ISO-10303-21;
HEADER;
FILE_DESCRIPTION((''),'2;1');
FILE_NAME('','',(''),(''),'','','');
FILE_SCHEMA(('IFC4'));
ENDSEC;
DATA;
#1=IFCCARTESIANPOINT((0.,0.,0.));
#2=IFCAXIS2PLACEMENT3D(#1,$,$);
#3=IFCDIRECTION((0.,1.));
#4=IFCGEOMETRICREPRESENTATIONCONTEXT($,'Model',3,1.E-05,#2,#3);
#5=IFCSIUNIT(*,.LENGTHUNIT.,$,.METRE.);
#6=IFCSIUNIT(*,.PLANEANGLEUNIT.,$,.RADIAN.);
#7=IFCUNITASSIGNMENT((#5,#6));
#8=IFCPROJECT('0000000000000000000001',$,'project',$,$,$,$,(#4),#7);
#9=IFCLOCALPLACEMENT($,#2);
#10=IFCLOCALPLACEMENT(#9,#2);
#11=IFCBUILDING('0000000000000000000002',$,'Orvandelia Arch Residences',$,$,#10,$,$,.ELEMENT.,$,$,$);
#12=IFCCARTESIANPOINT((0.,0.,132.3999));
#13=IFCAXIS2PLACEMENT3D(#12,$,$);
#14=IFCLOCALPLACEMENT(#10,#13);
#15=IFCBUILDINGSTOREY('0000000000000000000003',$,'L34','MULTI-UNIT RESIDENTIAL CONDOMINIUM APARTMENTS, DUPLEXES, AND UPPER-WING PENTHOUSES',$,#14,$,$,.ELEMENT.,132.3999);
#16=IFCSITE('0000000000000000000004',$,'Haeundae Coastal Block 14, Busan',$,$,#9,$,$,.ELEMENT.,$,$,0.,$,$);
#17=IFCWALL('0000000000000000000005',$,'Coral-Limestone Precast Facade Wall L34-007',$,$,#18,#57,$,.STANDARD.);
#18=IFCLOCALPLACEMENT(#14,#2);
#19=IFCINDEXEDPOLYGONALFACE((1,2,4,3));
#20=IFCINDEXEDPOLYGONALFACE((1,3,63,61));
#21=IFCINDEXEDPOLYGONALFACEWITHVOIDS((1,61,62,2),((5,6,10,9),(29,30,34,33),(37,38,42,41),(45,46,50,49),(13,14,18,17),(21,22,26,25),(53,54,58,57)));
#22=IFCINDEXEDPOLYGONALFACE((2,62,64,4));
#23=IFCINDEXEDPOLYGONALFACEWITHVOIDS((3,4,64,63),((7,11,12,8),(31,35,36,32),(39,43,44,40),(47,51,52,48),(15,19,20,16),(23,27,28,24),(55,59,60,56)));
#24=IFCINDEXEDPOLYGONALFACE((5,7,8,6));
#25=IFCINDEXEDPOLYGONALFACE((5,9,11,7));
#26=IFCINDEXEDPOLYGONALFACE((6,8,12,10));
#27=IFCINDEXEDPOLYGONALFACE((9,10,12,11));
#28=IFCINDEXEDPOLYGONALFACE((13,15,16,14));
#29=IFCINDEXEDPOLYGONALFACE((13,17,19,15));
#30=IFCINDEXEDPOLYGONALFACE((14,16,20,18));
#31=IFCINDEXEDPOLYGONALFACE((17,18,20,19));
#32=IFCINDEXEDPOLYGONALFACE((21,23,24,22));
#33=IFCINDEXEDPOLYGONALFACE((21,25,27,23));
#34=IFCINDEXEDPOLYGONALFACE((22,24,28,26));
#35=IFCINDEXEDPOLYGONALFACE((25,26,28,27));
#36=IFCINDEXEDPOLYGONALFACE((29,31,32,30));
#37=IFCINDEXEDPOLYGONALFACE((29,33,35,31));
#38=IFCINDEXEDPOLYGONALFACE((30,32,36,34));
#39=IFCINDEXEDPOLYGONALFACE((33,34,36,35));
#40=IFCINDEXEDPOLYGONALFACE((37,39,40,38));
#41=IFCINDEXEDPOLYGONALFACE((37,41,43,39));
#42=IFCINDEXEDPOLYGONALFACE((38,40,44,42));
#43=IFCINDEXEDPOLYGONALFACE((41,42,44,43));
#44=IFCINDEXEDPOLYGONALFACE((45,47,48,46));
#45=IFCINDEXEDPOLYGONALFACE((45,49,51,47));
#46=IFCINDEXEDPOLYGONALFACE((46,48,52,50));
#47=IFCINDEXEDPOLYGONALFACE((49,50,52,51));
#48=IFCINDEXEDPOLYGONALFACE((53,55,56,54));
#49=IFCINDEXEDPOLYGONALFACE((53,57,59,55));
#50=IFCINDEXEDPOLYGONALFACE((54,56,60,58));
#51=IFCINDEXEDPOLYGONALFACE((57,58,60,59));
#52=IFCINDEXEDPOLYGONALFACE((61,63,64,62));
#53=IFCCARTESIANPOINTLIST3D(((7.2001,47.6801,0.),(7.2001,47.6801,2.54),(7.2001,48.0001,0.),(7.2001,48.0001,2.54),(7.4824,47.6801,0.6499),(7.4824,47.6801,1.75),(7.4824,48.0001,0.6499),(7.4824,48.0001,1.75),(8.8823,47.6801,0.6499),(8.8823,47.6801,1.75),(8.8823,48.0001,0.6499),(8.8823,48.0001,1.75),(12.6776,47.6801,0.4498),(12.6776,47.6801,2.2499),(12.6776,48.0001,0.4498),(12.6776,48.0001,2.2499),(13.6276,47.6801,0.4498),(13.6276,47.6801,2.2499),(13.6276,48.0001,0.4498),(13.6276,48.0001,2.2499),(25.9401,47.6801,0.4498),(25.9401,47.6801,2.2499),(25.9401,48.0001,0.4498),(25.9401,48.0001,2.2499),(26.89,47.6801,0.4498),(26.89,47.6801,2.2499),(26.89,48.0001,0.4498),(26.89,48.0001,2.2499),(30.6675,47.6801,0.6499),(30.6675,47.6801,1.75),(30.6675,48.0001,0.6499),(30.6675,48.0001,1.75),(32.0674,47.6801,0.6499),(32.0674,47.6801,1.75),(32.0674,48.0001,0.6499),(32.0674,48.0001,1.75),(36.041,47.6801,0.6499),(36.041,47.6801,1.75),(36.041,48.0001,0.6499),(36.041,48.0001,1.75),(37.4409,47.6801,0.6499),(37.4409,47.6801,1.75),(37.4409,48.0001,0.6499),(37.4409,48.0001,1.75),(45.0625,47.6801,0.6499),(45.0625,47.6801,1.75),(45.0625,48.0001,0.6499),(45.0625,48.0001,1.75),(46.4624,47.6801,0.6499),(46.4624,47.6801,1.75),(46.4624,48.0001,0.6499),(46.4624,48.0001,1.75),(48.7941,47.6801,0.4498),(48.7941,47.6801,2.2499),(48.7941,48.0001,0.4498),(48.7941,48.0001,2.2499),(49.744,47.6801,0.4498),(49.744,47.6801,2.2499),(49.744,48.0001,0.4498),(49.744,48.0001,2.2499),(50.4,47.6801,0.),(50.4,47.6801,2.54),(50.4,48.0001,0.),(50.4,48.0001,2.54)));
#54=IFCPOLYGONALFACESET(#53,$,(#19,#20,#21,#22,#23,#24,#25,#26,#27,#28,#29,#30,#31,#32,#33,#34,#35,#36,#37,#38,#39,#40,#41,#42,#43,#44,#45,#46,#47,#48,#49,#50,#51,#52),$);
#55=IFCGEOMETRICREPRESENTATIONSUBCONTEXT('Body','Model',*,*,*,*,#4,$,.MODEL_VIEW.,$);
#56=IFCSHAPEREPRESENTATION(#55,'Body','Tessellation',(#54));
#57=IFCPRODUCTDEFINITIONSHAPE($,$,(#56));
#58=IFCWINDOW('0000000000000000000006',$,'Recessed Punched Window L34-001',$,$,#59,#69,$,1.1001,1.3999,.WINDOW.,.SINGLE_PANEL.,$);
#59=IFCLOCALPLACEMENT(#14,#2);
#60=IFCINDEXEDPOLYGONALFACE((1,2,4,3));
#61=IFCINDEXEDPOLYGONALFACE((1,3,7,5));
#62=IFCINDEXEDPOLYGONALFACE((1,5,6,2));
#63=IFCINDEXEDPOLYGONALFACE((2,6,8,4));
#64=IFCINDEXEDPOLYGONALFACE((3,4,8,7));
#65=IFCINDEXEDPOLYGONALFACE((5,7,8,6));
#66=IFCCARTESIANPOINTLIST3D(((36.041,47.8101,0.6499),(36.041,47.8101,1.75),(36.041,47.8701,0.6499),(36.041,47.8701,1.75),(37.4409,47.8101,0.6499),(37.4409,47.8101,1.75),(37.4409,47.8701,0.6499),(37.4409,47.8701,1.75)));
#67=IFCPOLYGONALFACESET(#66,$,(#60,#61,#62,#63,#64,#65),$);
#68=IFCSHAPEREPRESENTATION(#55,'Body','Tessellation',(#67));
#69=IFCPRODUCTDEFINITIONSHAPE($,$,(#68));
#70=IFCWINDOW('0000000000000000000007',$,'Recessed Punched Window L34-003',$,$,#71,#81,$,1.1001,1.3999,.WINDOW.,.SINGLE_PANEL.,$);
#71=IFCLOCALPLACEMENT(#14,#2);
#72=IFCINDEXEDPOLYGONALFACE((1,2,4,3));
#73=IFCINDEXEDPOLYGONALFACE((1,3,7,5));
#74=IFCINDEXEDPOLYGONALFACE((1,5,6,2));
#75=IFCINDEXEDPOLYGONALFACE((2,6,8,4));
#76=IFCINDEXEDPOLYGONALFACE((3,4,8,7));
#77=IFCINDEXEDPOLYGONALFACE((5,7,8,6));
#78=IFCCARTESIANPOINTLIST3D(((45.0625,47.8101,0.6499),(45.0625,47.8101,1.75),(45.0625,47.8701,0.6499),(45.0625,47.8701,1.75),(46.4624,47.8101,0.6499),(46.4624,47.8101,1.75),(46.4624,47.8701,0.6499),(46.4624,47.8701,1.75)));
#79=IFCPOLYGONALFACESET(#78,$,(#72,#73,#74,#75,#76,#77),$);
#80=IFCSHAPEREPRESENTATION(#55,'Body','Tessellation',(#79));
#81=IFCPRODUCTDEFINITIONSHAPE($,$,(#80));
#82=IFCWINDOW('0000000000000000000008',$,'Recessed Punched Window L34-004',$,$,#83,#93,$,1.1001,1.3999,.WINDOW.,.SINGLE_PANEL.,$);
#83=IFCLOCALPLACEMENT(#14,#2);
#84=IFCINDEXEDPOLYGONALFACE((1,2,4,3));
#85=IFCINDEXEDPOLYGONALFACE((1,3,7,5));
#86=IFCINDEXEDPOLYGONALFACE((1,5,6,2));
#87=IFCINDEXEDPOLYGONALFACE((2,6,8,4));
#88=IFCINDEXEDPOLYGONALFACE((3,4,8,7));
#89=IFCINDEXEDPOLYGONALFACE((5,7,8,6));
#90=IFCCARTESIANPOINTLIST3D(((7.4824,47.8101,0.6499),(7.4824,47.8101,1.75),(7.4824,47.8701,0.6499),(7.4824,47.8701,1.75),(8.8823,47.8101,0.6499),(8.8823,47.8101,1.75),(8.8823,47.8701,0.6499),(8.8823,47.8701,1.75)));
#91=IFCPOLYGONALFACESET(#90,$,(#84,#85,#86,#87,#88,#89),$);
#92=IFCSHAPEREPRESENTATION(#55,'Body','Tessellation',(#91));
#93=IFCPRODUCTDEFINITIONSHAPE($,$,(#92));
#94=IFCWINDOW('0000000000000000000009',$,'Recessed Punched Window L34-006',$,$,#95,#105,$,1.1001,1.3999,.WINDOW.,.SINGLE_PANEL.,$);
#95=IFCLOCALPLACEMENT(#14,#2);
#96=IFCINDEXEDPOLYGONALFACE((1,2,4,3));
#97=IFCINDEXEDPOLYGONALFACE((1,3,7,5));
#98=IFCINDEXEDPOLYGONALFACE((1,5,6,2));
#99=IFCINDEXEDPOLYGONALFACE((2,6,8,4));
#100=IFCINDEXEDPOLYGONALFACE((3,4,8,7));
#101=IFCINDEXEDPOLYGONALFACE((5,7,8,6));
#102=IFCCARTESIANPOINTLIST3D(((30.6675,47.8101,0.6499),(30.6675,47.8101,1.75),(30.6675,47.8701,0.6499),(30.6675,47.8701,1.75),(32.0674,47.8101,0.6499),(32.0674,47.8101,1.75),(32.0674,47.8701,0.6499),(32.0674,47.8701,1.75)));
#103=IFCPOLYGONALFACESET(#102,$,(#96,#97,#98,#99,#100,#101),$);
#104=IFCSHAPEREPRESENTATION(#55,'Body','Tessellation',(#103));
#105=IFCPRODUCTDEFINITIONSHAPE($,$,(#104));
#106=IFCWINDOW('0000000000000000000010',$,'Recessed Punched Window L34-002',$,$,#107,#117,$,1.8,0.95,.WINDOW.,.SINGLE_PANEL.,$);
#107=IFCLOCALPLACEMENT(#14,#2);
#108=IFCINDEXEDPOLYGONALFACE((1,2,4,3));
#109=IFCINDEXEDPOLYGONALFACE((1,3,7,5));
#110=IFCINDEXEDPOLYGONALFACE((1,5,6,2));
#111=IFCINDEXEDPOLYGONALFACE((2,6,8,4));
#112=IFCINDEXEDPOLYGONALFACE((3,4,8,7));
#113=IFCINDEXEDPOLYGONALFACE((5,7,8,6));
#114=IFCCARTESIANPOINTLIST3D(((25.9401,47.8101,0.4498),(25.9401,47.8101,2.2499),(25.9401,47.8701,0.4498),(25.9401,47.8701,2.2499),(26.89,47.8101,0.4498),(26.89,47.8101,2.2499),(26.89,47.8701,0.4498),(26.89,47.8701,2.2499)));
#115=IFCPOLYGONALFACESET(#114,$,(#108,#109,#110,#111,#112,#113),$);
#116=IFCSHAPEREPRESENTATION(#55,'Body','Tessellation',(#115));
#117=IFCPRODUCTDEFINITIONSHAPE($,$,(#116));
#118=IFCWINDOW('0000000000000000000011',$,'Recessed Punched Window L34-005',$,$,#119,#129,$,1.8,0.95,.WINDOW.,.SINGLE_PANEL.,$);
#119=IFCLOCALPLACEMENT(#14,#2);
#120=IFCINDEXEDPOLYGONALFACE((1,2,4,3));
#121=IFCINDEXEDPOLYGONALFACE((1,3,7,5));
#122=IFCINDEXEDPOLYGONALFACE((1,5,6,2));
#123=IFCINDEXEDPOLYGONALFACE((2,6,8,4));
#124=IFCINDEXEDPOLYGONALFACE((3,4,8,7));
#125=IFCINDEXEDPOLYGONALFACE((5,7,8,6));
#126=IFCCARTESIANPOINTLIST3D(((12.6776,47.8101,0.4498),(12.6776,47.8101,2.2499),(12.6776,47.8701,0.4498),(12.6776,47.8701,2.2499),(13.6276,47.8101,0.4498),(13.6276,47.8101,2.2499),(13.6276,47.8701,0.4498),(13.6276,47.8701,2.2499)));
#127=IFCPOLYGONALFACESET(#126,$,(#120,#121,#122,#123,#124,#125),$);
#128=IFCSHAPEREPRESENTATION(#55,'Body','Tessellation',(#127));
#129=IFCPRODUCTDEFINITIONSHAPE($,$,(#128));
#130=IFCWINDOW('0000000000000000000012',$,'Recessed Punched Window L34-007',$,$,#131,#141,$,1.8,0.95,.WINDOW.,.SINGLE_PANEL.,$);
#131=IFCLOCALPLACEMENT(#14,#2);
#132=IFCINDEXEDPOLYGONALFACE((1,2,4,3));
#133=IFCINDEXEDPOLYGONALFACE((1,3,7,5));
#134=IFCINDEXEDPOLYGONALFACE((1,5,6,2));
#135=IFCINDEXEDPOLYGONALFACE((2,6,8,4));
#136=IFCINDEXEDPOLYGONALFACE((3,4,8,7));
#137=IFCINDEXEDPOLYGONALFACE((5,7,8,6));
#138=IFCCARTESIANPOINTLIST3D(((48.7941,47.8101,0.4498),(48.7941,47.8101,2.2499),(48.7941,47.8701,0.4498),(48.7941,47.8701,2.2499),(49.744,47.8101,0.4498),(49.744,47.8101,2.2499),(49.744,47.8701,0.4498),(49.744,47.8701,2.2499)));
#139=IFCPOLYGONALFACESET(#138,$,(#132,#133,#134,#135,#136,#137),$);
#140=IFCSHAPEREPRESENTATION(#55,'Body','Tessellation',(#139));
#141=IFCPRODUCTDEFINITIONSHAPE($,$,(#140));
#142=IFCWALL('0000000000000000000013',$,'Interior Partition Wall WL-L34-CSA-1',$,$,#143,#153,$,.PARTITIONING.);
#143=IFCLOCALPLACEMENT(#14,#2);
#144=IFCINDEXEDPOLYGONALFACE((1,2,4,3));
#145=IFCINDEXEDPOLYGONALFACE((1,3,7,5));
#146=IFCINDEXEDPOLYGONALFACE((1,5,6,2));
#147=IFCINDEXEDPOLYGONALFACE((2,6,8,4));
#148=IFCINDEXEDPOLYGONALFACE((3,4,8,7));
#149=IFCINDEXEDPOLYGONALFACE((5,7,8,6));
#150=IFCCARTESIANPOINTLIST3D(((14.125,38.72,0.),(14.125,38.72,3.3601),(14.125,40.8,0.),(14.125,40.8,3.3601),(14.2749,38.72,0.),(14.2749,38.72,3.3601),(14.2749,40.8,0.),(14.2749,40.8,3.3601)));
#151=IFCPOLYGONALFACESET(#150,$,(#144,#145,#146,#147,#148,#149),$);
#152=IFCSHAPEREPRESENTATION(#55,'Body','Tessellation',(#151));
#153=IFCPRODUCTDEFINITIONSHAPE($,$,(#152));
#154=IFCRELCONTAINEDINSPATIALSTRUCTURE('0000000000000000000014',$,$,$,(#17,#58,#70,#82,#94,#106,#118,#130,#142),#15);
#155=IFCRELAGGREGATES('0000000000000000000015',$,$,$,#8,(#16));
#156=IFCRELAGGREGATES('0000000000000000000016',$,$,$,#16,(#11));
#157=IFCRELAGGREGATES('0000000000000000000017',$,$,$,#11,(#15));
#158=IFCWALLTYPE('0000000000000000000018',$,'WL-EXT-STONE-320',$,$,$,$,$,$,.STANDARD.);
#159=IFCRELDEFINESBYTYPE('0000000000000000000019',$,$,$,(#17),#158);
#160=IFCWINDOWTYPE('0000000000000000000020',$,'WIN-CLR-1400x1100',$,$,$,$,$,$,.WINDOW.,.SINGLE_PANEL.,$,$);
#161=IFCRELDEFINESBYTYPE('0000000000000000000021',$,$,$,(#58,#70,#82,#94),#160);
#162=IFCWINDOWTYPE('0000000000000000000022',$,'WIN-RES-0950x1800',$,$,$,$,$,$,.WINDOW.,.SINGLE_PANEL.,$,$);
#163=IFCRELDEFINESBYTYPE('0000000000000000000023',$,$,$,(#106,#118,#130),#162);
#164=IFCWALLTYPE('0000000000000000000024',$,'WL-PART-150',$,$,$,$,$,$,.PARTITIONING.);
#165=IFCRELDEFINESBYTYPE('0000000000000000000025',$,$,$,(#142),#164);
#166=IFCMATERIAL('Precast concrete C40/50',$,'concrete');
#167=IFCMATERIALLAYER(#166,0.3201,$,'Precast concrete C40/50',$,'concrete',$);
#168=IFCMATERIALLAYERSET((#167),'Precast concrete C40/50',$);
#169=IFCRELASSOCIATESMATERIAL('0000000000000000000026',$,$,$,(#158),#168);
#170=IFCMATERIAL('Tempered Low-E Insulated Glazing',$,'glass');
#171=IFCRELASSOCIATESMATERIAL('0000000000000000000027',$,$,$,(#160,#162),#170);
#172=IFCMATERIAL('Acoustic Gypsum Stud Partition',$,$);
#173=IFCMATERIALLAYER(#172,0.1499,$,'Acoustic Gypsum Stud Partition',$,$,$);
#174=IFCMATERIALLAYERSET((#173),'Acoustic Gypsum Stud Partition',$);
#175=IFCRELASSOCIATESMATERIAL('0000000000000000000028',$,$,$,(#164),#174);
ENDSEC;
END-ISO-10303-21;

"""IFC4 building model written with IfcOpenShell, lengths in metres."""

from ifc_helpers import new_model, si_unit, direction, frame, frame_2d, origin, place, context, subcontext, project, spatial, rectangle, extrude, material, layer, layer_set, type_object, element, fill, save


model = new_model("IFC4")

# Units and contexts
model_context = context("Model", 3, precision=1e-05, world=origin(), true_north=direction((0.0, 1.0)))
body_context = subcontext(model_context, "Body", "Model", "MODEL_VIEW")
ifc_project = project(units=[si_unit("LENGTHUNIT", "METRE"), si_unit("PLANEANGLEUNIT", "RADIAN")], contexts=[model_context])

# Site, building, storey
site_placement = place(None, origin())
site = spatial("IfcSite", under=ifc_project, at=site_placement, Name="Haeundae Coastal Block 14, Busan", CompositionType="ELEMENT", RefElevation=0.0)
building_placement = place(site_placement, origin())
building = spatial("IfcBuilding", under=site, at=building_placement, Name="Orvandelia Arch Residences", CompositionType="ELEMENT")
storey_placement = place(building_placement, frame((0.0, 0.0, 132.3999)))
storey = spatial("IfcBuildingStorey", under=building, at=storey_placement, Name="L34", Description="MULTI-UNIT RESIDENTIAL CONDOMINIUM APARTMENTS, DUPLEXES, AND UPPER-WING PENTHOUSES", CompositionType="ELEMENT", Elevation=132.3999)

# Wall, openings, windows
ifc_material_1 = material(Name="Precast concrete C40/50", Category="concrete")
ifc_layer_1 = layer(ifc_material_1, 0.3201, Name="Precast concrete C40/50", Category="concrete")
ifc_layer_set_1 = layer_set([ifc_layer_1], Name="Precast concrete C40/50")
wall_type_1 = type_object("IfcWallType", Name="WL-EXT-STONE-320", PredefinedType="STANDARD", material=ifc_layer_set_1)
wall_1_placement = place(storey_placement, frame((7.2, 47.8401, 0.0), z_axis=(0.0, 0.0, 1.0), x_axis=(1.0, 0.0, 0.0)))
wall_1 = element("IfcWall", 1, at=wall_1_placement, inside=storey, type_object=wall_type_1, Name="Coral-Limestone Precast Facade Wall L34-007", PredefinedType="STANDARD", context=body_context, shape_type="SweptSolid", body=[
    extrude(rectangle(XDim=43.2, YDim=0.3201, at=frame_2d((21.6001, 0.0))), origin(), (0.0, 0.0, 1.0), 2.54),
])
opening_1_placement = place(wall_1_placement, frame((28.8411, 0.0, 0.6499)))
opening_1 = element("IfcOpeningElement", 2, at=opening_1_placement, cuts=wall_1, PredefinedType="OPENING", context=body_context, shape_type="SweptSolid", body=[
    extrude(rectangle(XDim=1.3999, YDim=1.1001, at=frame_2d((0.7, 0.55))), frame((0.0, 0.1699, 0.0), z_axis=(0.0, -1.0, 0.0), x_axis=(1.0, 0.0, 0.0)), (0.0, 0.0, 1.0), 0.3401),
])
opening_2_placement = place(wall_1_placement, frame((18.74, 0.0, 0.45)))
opening_2 = element("IfcOpeningElement", 3, at=opening_2_placement, cuts=wall_1, PredefinedType="OPENING", context=body_context, shape_type="SweptSolid", body=[
    extrude(rectangle(XDim=0.95, YDim=1.8, at=frame_2d((0.4751, 0.8999))), frame((0.0, 0.1699, 0.0), z_axis=(0.0, -1.0, 0.0), x_axis=(1.0, 0.0, 0.0)), (0.0, 0.0, 1.0), 0.3401),
])
opening_3_placement = place(wall_1_placement, frame((37.8625, 0.0, 0.6499)))
opening_3 = element("IfcOpeningElement", 4, at=opening_3_placement, cuts=wall_1, PredefinedType="OPENING", context=body_context, shape_type="SweptSolid", body=[
    extrude(rectangle(XDim=1.3999, YDim=1.1001, at=frame_2d((0.7, 0.55))), frame((0.0, 0.1699, 0.0), z_axis=(0.0, -1.0, 0.0), x_axis=(1.0, 0.0, 0.0)), (0.0, 0.0, 1.0), 0.3401),
])
opening_4_placement = place(wall_1_placement, frame((0.2825, 0.0, 0.6499)))
opening_4 = element("IfcOpeningElement", 5, at=opening_4_placement, cuts=wall_1, PredefinedType="OPENING", context=body_context, shape_type="SweptSolid", body=[
    extrude(rectangle(XDim=1.3999, YDim=1.1001, at=frame_2d((0.7, 0.55))), frame((0.0, 0.1699, 0.0), z_axis=(0.0, -1.0, 0.0), x_axis=(1.0, 0.0, 0.0)), (0.0, 0.0, 1.0), 0.3401),
])
opening_5_placement = place(wall_1_placement, frame((5.4775, 0.0, 0.45)))
opening_5 = element("IfcOpeningElement", 6, at=opening_5_placement, cuts=wall_1, PredefinedType="OPENING", context=body_context, shape_type="SweptSolid", body=[
    extrude(rectangle(XDim=0.95, YDim=1.8, at=frame_2d((0.4751, 0.8999))), frame((0.0, 0.1699, 0.0), z_axis=(0.0, -1.0, 0.0), x_axis=(1.0, 0.0, 0.0)), (0.0, 0.0, 1.0), 0.3401),
])
opening_6_placement = place(wall_1_placement, frame((23.4675, 0.0, 0.6499)))
opening_6 = element("IfcOpeningElement", 7, at=opening_6_placement, cuts=wall_1, PredefinedType="OPENING", context=body_context, shape_type="SweptSolid", body=[
    extrude(rectangle(XDim=1.3999, YDim=1.1001, at=frame_2d((0.7, 0.55))), frame((0.0, 0.1699, 0.0), z_axis=(0.0, -1.0, 0.0), x_axis=(1.0, 0.0, 0.0)), (0.0, 0.0, 1.0), 0.3401),
])
opening_7_placement = place(wall_1_placement, frame((41.594, 0.0, 0.45)))
opening_7 = element("IfcOpeningElement", 8, at=opening_7_placement, cuts=wall_1, PredefinedType="OPENING", context=body_context, shape_type="SweptSolid", body=[
    extrude(rectangle(XDim=0.95, YDim=1.8, at=frame_2d((0.4751, 0.8999))), frame((0.0, 0.1699, 0.0), z_axis=(0.0, -1.0, 0.0), x_axis=(1.0, 0.0, 0.0)), (0.0, 0.0, 1.0), 0.3401),
])
ifc_material_2 = material(Name="Tempered Low-E Insulated Glazing", Category="glass")
window_type_1 = type_object("IfcWindowType", Name="WIN-CLR-1400x1100", PartitioningType="SINGLE_PANEL", PredefinedType="WINDOW", material=ifc_material_2)
window_1_placement = place(opening_1_placement, origin())
window_1 = element("IfcWindow", 9, at=window_1_placement, inside=storey, type_object=window_type_1, Name="Recessed Punched Window L34-001", OverallHeight=1.1001, OverallWidth=1.3999, PartitioningType="SINGLE_PANEL", PredefinedType="WINDOW", context=body_context, shape_type="SweptSolid", body=[
    extrude(rectangle(XDim=1.3999, YDim=1.1001, at=frame_2d((0.7, 0.55))), frame((0.0, 0.03, 0.0), z_axis=(0.0, -1.0, 0.0), x_axis=(1.0, 0.0, 0.0)), (0.0, 0.0, 1.0), 0.0601),
])
fill(opening_1, window_1)
window_2_placement = place(opening_3_placement, origin())
window_2 = element("IfcWindow", 10, at=window_2_placement, inside=storey, type_object=window_type_1, Name="Recessed Punched Window L34-003", OverallHeight=1.1001, OverallWidth=1.3999, PartitioningType="SINGLE_PANEL", PredefinedType="WINDOW", context=body_context, shape_type="SweptSolid", body=[
    extrude(rectangle(XDim=1.3999, YDim=1.1001, at=frame_2d((0.7, 0.55))), frame((0.0, 0.03, 0.0), z_axis=(0.0, -1.0, 0.0), x_axis=(1.0, 0.0, 0.0)), (0.0, 0.0, 1.0), 0.0601),
])
fill(opening_3, window_2)
window_3_placement = place(opening_4_placement, origin())
window_3 = element("IfcWindow", 11, at=window_3_placement, inside=storey, type_object=window_type_1, Name="Recessed Punched Window L34-004", OverallHeight=1.1001, OverallWidth=1.3999, PartitioningType="SINGLE_PANEL", PredefinedType="WINDOW", context=body_context, shape_type="SweptSolid", body=[
    extrude(rectangle(XDim=1.3999, YDim=1.1001, at=frame_2d((0.7, 0.55))), frame((0.0, 0.03, 0.0), z_axis=(0.0, -1.0, 0.0), x_axis=(1.0, 0.0, 0.0)), (0.0, 0.0, 1.0), 0.0601),
])
fill(opening_4, window_3)
window_4_placement = place(opening_6_placement, origin())
window_4 = element("IfcWindow", 12, at=window_4_placement, inside=storey, type_object=window_type_1, Name="Recessed Punched Window L34-006", OverallHeight=1.1001, OverallWidth=1.3999, PartitioningType="SINGLE_PANEL", PredefinedType="WINDOW", context=body_context, shape_type="SweptSolid", body=[
    extrude(rectangle(XDim=1.3999, YDim=1.1001, at=frame_2d((0.7, 0.55))), frame((0.0, 0.03, 0.0), z_axis=(0.0, -1.0, 0.0), x_axis=(1.0, 0.0, 0.0)), (0.0, 0.0, 1.0), 0.0601),
])
fill(opening_6, window_4)
window_type_2 = type_object("IfcWindowType", Name="WIN-RES-0950x1800", PartitioningType="SINGLE_PANEL", PredefinedType="WINDOW", material=ifc_material_2)
window_5_placement = place(opening_2_placement, origin())
window_5 = element("IfcWindow", 13, at=window_5_placement, inside=storey, type_object=window_type_2, Name="Recessed Punched Window L34-002", OverallHeight=1.8, OverallWidth=0.95, PartitioningType="SINGLE_PANEL", PredefinedType="WINDOW", context=body_context, shape_type="SweptSolid", body=[
    extrude(rectangle(XDim=0.95, YDim=1.8, at=frame_2d((0.4751, 0.8999))), frame((0.0, 0.03, 0.0), z_axis=(0.0, -1.0, 0.0), x_axis=(1.0, 0.0, 0.0)), (0.0, 0.0, 1.0), 0.0601),
])
fill(opening_2, window_5)
window_6_placement = place(opening_5_placement, origin())
window_6 = element("IfcWindow", 14, at=window_6_placement, inside=storey, type_object=window_type_2, Name="Recessed Punched Window L34-005", OverallHeight=1.8, OverallWidth=0.95, PartitioningType="SINGLE_PANEL", PredefinedType="WINDOW", context=body_context, shape_type="SweptSolid", body=[
    extrude(rectangle(XDim=0.95, YDim=1.8, at=frame_2d((0.4751, 0.8999))), frame((0.0, 0.03, 0.0), z_axis=(0.0, -1.0, 0.0), x_axis=(1.0, 0.0, 0.0)), (0.0, 0.0, 1.0), 0.0601),
])
fill(opening_5, window_6)
window_7_placement = place(opening_7_placement, origin())
window_7 = element("IfcWindow", 15, at=window_7_placement, inside=storey, type_object=window_type_2, Name="Recessed Punched Window L34-007", OverallHeight=1.8, OverallWidth=0.95, PartitioningType="SINGLE_PANEL", PredefinedType="WINDOW", context=body_context, shape_type="SweptSolid", body=[
    extrude(rectangle(XDim=0.95, YDim=1.8, at=frame_2d((0.4751, 0.8999))), frame((0.0, 0.03, 0.0), z_axis=(0.0, -1.0, 0.0), x_axis=(1.0, 0.0, 0.0)), (0.0, 0.0, 1.0), 0.0601),
])
fill(opening_7, window_7)

# Wall
ifc_material_3 = material(Name="Acoustic Gypsum Stud Partition")
ifc_layer_2 = layer(ifc_material_3, 0.1499, Name="Acoustic Gypsum Stud Partition")
ifc_layer_set_2 = layer_set([ifc_layer_2], Name="Acoustic Gypsum Stud Partition")
wall_type_2 = type_object("IfcWallType", Name="WL-PART-150", PredefinedType="PARTITIONING", material=ifc_layer_set_2)
wall_2_placement = place(storey_placement, frame((14.2, 38.72, 0.0), z_axis=(0.0, 0.0, 1.0), x_axis=(0.0, 1.0, 0.0)))
element("IfcWall", 16, at=wall_2_placement, inside=storey, type_object=wall_type_2, Name="Interior Partition Wall WL-L34-CSA-1", PredefinedType="PARTITIONING", context=body_context, shape_type="SweptSolid", body=[
    extrude(rectangle(XDim=2.0801, YDim=0.1499, at=frame_2d((1.04, 0.0))), origin(), (0.0, 0.0, 1.0), 3.3601),
])

save(model, "model.ifc")
